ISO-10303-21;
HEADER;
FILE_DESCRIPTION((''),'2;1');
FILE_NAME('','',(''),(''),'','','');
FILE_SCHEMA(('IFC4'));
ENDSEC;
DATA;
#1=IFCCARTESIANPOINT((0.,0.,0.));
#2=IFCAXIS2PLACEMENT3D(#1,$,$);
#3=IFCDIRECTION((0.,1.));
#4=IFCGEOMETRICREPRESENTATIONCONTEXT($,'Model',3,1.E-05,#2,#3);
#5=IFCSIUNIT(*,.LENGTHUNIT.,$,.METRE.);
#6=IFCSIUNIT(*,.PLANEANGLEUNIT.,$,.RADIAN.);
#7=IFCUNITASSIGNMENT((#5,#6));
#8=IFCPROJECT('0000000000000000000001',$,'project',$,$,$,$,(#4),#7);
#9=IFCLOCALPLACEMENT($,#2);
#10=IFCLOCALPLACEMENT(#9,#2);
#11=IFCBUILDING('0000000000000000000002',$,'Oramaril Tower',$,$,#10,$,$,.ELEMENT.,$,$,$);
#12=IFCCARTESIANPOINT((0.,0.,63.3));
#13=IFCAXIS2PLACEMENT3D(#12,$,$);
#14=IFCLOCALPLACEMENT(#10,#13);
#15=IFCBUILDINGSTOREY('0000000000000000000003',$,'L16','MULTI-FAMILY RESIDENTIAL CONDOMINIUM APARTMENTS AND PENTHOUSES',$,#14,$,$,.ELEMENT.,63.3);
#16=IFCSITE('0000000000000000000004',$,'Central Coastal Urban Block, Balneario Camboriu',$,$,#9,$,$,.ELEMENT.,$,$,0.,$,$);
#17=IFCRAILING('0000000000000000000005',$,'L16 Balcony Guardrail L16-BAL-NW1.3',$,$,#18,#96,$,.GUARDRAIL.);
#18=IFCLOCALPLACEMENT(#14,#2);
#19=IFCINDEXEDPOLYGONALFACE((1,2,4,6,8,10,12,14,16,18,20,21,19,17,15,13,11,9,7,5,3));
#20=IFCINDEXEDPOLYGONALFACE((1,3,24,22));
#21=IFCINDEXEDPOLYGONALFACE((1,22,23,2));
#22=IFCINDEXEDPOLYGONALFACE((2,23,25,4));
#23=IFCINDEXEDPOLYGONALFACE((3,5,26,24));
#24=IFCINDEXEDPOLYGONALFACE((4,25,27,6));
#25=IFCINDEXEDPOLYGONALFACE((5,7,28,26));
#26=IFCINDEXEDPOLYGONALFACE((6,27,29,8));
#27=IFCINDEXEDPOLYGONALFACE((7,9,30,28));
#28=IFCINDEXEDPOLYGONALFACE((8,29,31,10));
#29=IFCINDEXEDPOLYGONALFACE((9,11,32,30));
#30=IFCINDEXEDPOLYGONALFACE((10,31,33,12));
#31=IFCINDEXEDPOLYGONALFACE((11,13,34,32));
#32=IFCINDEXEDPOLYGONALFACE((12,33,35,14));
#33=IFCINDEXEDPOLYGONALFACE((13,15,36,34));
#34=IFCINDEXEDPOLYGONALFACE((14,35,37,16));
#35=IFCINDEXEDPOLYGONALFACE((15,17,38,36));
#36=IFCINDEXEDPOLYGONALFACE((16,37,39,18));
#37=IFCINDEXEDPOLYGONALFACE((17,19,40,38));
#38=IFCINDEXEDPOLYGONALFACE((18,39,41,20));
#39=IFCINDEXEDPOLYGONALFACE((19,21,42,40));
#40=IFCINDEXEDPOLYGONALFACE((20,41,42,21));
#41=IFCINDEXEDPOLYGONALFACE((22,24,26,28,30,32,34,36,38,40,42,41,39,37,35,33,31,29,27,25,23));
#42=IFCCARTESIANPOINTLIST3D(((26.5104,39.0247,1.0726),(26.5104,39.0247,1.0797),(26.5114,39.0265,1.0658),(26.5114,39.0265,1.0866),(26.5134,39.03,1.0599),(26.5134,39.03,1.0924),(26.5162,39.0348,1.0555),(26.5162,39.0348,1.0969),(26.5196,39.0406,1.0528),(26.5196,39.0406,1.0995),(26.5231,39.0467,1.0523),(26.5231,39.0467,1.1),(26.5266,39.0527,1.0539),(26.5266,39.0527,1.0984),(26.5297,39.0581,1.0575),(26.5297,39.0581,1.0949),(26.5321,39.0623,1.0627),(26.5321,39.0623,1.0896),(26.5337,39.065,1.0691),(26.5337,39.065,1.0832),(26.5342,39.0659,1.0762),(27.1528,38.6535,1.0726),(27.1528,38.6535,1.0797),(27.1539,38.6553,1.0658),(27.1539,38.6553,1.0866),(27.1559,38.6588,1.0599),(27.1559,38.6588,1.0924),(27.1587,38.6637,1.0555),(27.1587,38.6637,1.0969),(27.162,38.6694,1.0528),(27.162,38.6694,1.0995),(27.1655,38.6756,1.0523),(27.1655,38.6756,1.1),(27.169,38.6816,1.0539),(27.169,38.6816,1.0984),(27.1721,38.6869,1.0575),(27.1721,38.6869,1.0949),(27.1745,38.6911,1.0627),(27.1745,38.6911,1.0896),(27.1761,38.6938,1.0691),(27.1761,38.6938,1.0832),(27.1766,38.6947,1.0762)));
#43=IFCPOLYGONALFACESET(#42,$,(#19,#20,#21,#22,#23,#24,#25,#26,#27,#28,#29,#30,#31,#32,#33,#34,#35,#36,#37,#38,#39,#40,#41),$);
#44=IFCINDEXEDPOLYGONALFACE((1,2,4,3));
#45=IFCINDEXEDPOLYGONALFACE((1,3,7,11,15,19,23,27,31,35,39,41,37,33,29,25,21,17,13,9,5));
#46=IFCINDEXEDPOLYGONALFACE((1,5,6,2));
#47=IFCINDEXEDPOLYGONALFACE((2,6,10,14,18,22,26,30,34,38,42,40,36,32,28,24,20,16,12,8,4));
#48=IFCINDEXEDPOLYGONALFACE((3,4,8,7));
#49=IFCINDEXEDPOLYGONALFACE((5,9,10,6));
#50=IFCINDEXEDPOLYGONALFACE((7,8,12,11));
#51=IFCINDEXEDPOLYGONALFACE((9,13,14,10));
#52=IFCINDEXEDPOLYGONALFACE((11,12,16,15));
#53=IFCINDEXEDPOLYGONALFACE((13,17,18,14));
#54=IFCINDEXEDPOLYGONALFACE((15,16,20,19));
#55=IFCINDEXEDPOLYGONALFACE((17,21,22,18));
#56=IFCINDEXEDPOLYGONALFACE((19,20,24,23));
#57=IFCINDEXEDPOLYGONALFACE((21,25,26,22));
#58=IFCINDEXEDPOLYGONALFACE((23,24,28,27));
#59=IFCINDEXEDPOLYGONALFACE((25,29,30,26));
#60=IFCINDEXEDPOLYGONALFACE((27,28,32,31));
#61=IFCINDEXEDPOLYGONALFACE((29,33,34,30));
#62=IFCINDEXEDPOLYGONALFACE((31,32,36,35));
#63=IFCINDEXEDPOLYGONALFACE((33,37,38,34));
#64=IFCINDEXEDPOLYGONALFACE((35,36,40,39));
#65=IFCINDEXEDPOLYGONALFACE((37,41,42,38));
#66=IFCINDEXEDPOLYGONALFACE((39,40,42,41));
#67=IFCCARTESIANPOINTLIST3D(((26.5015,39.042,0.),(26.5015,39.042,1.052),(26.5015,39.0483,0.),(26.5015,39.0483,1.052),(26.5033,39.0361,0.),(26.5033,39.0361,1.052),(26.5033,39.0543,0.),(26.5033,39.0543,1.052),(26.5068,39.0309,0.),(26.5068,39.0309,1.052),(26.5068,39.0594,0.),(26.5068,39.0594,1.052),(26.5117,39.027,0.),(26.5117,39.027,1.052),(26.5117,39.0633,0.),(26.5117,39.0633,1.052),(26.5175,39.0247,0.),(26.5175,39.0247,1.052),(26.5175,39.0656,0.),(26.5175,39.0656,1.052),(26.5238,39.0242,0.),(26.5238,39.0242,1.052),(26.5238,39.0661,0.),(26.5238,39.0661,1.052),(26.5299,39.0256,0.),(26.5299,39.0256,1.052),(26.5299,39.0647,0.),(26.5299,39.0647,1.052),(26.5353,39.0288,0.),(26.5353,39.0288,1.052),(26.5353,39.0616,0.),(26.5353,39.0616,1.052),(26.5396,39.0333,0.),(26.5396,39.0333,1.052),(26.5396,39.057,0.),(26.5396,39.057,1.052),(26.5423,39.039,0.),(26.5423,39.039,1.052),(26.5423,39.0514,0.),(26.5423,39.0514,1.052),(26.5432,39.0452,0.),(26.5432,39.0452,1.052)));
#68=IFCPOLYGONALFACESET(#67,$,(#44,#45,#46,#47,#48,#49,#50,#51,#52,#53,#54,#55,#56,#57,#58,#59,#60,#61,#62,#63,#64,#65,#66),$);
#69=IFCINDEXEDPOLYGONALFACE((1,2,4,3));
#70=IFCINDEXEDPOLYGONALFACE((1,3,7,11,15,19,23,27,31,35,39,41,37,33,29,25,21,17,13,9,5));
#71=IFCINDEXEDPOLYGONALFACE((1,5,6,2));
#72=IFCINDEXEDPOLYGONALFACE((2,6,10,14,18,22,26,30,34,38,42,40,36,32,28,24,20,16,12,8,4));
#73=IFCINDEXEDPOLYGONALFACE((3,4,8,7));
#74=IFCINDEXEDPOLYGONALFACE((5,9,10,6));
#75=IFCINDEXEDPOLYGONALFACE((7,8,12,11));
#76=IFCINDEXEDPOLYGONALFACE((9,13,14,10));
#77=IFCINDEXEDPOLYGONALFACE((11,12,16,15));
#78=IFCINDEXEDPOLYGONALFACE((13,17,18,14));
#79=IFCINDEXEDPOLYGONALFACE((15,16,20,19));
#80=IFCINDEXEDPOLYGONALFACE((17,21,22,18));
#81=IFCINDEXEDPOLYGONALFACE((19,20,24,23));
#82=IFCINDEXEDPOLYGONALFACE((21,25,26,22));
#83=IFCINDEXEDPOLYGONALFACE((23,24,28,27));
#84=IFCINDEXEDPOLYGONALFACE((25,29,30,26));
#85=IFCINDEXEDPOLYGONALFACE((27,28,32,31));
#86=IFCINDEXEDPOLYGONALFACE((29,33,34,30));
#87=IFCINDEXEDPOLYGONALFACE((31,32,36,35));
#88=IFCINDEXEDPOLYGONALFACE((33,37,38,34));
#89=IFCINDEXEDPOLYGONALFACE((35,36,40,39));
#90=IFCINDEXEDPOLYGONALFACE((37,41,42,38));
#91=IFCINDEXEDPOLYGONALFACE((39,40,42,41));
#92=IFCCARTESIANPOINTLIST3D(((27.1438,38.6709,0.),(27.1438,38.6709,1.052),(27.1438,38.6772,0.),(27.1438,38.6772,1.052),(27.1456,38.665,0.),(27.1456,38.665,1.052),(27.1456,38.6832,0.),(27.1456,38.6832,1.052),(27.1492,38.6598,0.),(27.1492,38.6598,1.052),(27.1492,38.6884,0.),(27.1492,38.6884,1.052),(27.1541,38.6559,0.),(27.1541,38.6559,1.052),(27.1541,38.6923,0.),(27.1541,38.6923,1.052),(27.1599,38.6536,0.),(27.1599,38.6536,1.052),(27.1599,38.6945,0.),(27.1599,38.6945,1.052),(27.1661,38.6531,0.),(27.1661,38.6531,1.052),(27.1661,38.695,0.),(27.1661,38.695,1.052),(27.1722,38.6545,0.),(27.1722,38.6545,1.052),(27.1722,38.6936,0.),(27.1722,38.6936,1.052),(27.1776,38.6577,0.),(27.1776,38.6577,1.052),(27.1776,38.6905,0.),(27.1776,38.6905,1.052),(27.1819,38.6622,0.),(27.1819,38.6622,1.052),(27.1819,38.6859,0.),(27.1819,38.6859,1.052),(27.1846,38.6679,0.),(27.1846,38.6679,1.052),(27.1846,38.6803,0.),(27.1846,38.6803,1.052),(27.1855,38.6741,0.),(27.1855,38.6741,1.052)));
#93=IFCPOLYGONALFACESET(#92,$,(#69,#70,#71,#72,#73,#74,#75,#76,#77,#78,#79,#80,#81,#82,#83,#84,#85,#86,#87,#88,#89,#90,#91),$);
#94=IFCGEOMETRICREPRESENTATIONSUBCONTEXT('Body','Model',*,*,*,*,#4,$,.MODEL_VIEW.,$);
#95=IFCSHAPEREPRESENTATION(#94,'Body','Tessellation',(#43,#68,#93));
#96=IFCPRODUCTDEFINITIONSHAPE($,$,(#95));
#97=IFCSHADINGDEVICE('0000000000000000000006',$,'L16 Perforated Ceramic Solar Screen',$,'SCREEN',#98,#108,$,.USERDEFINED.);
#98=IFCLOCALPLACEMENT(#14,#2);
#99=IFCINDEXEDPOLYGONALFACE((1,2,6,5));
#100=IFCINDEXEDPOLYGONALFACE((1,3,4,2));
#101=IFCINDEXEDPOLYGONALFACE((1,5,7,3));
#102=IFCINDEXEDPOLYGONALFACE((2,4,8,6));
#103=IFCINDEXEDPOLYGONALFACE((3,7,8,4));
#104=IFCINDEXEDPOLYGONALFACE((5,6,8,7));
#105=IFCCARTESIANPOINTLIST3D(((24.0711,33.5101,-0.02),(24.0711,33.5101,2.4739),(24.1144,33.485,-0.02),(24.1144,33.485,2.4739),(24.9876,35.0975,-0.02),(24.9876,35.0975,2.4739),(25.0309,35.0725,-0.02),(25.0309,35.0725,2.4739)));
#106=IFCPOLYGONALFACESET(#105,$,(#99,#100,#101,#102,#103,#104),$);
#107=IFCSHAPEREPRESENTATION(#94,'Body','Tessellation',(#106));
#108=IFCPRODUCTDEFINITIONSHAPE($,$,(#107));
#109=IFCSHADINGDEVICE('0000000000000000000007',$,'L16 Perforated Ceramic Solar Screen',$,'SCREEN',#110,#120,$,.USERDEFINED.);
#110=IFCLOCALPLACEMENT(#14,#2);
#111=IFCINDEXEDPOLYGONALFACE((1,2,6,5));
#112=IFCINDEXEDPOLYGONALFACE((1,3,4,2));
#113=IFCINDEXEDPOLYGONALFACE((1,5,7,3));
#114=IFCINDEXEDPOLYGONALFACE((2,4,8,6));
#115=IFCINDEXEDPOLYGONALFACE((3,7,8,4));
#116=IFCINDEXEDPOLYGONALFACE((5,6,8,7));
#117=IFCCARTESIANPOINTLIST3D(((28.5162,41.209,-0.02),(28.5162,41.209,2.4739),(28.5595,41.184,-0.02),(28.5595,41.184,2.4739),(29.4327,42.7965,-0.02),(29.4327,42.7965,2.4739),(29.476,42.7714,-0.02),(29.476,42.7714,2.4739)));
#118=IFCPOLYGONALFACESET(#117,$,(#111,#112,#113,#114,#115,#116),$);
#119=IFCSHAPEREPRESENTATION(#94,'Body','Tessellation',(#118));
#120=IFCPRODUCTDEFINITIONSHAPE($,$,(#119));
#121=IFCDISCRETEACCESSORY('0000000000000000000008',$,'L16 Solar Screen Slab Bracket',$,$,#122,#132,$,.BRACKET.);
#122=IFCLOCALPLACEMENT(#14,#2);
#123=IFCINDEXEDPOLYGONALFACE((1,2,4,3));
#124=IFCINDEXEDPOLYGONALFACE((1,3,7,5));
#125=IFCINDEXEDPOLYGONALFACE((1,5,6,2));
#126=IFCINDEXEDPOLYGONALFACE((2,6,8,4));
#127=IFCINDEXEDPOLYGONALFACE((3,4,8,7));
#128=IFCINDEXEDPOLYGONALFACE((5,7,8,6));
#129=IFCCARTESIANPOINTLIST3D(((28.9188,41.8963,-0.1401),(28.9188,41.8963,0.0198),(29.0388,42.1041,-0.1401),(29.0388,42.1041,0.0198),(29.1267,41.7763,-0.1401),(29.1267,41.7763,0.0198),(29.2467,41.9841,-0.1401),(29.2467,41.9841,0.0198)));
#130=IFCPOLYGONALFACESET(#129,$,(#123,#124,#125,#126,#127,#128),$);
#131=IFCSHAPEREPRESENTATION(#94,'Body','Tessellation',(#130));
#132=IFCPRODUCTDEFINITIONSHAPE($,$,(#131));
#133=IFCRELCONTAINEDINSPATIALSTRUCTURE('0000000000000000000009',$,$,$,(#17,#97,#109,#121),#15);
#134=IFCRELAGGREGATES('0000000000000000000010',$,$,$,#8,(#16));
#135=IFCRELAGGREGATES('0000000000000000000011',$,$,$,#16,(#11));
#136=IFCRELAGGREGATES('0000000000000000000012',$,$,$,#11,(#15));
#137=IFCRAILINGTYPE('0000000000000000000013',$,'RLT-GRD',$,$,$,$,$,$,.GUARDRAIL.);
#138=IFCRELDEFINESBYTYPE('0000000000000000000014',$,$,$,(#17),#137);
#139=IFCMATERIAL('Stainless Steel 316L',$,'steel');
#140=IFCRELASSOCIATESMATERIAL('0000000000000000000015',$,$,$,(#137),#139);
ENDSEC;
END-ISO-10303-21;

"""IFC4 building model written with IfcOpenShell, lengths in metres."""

from ifc_helpers import new_model, si_unit, direction, frame, origin, origin_2d, place, context, subcontext, project, spatial, rectangle, circle, extrude, material, type_object, element, save


model = new_model("IFC4")

# Units and contexts
model_context = context("Model", 3, precision=1e-05, world=origin(), true_north=direction((0.0, 1.0)))
body_context = subcontext(model_context, "Body", "Model", "MODEL_VIEW")
ifc_project = project(units=[si_unit("LENGTHUNIT", "METRE"), si_unit("PLANEANGLEUNIT", "RADIAN")], contexts=[model_context])

# Site, building, storey
site_placement = place(None, origin())
site = spatial("IfcSite", under=ifc_project, at=site_placement, Name="Central Coastal Urban Block, Balneario Camboriu", CompositionType="ELEMENT", RefElevation=0.0)
building_placement = place(site_placement, origin())
building = spatial("IfcBuilding", under=site, at=building_placement, Name="Oramaril Tower", CompositionType="ELEMENT")
storey_placement = place(building_placement, frame((0.0, 0.0, 63.3)))
storey = spatial("IfcBuildingStorey", under=building, at=storey_placement, Name="L16", Description="MULTI-FAMILY RESIDENTIAL CONDOMINIUM APARTMENTS AND PENTHOUSES", CompositionType="ELEMENT", Elevation=63.3)

# Railing
ifc_material_1 = material(Name="Stainless Steel 316L", Category="steel")
railing_type = type_object("IfcRailingType", Name="RLT-GRD", PredefinedType="GUARDRAIL", material=ifc_material_1)
railing_1_placement = place(storey_placement, frame((26.5222, 39.0452, 0.0)))
element("IfcRailing", 1, at=railing_1_placement, inside=storey, type_object=railing_type, Name="L16 Balcony Guardrail L16-BAL-NW1.3", PredefinedType="GUARDRAIL", context=body_context, shape_type="SweptSolid", body=[
    extrude(circle(Radius=0.0239, at=origin_2d()), frame((0.0, 0.0, 1.0762), z_axis=(0.865884, -0.500245, 0.0), x_axis=(0.500245, 0.865884, 0.0)), (0.0, 0.0, 1.0), 0.7419),
    extrude(circle(Radius=0.021, at=origin_2d()), origin(), (0.0, 0.0, 1.0), 1.052),
    extrude(circle(Radius=0.021, at=origin_2d()), frame((0.6423, -0.3711, 0.0)), (0.0, 0.0, 1.0), 1.052),
])

# Shading devices
for number, where, z_axis, x_axis, name in (
    (2, (24.551, 34.2913, -0.02), (0.0, 0.0, 1.0), (-0.499998, -0.866026, 0.0), "L16 Perforated Ceramic Solar Screen"),
    (3, (28.9961, 41.9902, -0.02), (0.0, 0.0, 1.0), (-0.499998, -0.866026, 0.0), "L16 Perforated Ceramic Solar Screen"),
):
    element("IfcShadingDevice", number, at=place(storey_placement, frame(where, z_axis=z_axis, x_axis=x_axis)), inside=storey, Name=name, ObjectType="SCREEN", PredefinedType="USERDEFINED", context=body_context, shape_type="SweptSolid", body=[
        extrude(rectangle(XDim=1.833, YDim=0.05, at=origin_2d()), origin(), (0.0, 0.0, 1.0), 2.4939),
    ])

# Discrete accessory
discrete_accessory_placement = place(storey_placement, frame((29.0828, 41.9402, -0.1401), z_axis=(0.0, 0.0, 1.0), x_axis=(-0.499998, -0.866026, 0.0)))
element("IfcDiscreteAccessory", 4, at=discrete_accessory_placement, inside=storey, Name="L16 Solar Screen Slab Bracket", PredefinedType="BRACKET", context=body_context, shape_type="SweptSolid", body=[
    extrude(rectangle(XDim=0.24, YDim=0.24, at=origin_2d()), origin(), (0.0, 0.0, 1.0), 0.1599),
])

save(model, "model.ifc")
